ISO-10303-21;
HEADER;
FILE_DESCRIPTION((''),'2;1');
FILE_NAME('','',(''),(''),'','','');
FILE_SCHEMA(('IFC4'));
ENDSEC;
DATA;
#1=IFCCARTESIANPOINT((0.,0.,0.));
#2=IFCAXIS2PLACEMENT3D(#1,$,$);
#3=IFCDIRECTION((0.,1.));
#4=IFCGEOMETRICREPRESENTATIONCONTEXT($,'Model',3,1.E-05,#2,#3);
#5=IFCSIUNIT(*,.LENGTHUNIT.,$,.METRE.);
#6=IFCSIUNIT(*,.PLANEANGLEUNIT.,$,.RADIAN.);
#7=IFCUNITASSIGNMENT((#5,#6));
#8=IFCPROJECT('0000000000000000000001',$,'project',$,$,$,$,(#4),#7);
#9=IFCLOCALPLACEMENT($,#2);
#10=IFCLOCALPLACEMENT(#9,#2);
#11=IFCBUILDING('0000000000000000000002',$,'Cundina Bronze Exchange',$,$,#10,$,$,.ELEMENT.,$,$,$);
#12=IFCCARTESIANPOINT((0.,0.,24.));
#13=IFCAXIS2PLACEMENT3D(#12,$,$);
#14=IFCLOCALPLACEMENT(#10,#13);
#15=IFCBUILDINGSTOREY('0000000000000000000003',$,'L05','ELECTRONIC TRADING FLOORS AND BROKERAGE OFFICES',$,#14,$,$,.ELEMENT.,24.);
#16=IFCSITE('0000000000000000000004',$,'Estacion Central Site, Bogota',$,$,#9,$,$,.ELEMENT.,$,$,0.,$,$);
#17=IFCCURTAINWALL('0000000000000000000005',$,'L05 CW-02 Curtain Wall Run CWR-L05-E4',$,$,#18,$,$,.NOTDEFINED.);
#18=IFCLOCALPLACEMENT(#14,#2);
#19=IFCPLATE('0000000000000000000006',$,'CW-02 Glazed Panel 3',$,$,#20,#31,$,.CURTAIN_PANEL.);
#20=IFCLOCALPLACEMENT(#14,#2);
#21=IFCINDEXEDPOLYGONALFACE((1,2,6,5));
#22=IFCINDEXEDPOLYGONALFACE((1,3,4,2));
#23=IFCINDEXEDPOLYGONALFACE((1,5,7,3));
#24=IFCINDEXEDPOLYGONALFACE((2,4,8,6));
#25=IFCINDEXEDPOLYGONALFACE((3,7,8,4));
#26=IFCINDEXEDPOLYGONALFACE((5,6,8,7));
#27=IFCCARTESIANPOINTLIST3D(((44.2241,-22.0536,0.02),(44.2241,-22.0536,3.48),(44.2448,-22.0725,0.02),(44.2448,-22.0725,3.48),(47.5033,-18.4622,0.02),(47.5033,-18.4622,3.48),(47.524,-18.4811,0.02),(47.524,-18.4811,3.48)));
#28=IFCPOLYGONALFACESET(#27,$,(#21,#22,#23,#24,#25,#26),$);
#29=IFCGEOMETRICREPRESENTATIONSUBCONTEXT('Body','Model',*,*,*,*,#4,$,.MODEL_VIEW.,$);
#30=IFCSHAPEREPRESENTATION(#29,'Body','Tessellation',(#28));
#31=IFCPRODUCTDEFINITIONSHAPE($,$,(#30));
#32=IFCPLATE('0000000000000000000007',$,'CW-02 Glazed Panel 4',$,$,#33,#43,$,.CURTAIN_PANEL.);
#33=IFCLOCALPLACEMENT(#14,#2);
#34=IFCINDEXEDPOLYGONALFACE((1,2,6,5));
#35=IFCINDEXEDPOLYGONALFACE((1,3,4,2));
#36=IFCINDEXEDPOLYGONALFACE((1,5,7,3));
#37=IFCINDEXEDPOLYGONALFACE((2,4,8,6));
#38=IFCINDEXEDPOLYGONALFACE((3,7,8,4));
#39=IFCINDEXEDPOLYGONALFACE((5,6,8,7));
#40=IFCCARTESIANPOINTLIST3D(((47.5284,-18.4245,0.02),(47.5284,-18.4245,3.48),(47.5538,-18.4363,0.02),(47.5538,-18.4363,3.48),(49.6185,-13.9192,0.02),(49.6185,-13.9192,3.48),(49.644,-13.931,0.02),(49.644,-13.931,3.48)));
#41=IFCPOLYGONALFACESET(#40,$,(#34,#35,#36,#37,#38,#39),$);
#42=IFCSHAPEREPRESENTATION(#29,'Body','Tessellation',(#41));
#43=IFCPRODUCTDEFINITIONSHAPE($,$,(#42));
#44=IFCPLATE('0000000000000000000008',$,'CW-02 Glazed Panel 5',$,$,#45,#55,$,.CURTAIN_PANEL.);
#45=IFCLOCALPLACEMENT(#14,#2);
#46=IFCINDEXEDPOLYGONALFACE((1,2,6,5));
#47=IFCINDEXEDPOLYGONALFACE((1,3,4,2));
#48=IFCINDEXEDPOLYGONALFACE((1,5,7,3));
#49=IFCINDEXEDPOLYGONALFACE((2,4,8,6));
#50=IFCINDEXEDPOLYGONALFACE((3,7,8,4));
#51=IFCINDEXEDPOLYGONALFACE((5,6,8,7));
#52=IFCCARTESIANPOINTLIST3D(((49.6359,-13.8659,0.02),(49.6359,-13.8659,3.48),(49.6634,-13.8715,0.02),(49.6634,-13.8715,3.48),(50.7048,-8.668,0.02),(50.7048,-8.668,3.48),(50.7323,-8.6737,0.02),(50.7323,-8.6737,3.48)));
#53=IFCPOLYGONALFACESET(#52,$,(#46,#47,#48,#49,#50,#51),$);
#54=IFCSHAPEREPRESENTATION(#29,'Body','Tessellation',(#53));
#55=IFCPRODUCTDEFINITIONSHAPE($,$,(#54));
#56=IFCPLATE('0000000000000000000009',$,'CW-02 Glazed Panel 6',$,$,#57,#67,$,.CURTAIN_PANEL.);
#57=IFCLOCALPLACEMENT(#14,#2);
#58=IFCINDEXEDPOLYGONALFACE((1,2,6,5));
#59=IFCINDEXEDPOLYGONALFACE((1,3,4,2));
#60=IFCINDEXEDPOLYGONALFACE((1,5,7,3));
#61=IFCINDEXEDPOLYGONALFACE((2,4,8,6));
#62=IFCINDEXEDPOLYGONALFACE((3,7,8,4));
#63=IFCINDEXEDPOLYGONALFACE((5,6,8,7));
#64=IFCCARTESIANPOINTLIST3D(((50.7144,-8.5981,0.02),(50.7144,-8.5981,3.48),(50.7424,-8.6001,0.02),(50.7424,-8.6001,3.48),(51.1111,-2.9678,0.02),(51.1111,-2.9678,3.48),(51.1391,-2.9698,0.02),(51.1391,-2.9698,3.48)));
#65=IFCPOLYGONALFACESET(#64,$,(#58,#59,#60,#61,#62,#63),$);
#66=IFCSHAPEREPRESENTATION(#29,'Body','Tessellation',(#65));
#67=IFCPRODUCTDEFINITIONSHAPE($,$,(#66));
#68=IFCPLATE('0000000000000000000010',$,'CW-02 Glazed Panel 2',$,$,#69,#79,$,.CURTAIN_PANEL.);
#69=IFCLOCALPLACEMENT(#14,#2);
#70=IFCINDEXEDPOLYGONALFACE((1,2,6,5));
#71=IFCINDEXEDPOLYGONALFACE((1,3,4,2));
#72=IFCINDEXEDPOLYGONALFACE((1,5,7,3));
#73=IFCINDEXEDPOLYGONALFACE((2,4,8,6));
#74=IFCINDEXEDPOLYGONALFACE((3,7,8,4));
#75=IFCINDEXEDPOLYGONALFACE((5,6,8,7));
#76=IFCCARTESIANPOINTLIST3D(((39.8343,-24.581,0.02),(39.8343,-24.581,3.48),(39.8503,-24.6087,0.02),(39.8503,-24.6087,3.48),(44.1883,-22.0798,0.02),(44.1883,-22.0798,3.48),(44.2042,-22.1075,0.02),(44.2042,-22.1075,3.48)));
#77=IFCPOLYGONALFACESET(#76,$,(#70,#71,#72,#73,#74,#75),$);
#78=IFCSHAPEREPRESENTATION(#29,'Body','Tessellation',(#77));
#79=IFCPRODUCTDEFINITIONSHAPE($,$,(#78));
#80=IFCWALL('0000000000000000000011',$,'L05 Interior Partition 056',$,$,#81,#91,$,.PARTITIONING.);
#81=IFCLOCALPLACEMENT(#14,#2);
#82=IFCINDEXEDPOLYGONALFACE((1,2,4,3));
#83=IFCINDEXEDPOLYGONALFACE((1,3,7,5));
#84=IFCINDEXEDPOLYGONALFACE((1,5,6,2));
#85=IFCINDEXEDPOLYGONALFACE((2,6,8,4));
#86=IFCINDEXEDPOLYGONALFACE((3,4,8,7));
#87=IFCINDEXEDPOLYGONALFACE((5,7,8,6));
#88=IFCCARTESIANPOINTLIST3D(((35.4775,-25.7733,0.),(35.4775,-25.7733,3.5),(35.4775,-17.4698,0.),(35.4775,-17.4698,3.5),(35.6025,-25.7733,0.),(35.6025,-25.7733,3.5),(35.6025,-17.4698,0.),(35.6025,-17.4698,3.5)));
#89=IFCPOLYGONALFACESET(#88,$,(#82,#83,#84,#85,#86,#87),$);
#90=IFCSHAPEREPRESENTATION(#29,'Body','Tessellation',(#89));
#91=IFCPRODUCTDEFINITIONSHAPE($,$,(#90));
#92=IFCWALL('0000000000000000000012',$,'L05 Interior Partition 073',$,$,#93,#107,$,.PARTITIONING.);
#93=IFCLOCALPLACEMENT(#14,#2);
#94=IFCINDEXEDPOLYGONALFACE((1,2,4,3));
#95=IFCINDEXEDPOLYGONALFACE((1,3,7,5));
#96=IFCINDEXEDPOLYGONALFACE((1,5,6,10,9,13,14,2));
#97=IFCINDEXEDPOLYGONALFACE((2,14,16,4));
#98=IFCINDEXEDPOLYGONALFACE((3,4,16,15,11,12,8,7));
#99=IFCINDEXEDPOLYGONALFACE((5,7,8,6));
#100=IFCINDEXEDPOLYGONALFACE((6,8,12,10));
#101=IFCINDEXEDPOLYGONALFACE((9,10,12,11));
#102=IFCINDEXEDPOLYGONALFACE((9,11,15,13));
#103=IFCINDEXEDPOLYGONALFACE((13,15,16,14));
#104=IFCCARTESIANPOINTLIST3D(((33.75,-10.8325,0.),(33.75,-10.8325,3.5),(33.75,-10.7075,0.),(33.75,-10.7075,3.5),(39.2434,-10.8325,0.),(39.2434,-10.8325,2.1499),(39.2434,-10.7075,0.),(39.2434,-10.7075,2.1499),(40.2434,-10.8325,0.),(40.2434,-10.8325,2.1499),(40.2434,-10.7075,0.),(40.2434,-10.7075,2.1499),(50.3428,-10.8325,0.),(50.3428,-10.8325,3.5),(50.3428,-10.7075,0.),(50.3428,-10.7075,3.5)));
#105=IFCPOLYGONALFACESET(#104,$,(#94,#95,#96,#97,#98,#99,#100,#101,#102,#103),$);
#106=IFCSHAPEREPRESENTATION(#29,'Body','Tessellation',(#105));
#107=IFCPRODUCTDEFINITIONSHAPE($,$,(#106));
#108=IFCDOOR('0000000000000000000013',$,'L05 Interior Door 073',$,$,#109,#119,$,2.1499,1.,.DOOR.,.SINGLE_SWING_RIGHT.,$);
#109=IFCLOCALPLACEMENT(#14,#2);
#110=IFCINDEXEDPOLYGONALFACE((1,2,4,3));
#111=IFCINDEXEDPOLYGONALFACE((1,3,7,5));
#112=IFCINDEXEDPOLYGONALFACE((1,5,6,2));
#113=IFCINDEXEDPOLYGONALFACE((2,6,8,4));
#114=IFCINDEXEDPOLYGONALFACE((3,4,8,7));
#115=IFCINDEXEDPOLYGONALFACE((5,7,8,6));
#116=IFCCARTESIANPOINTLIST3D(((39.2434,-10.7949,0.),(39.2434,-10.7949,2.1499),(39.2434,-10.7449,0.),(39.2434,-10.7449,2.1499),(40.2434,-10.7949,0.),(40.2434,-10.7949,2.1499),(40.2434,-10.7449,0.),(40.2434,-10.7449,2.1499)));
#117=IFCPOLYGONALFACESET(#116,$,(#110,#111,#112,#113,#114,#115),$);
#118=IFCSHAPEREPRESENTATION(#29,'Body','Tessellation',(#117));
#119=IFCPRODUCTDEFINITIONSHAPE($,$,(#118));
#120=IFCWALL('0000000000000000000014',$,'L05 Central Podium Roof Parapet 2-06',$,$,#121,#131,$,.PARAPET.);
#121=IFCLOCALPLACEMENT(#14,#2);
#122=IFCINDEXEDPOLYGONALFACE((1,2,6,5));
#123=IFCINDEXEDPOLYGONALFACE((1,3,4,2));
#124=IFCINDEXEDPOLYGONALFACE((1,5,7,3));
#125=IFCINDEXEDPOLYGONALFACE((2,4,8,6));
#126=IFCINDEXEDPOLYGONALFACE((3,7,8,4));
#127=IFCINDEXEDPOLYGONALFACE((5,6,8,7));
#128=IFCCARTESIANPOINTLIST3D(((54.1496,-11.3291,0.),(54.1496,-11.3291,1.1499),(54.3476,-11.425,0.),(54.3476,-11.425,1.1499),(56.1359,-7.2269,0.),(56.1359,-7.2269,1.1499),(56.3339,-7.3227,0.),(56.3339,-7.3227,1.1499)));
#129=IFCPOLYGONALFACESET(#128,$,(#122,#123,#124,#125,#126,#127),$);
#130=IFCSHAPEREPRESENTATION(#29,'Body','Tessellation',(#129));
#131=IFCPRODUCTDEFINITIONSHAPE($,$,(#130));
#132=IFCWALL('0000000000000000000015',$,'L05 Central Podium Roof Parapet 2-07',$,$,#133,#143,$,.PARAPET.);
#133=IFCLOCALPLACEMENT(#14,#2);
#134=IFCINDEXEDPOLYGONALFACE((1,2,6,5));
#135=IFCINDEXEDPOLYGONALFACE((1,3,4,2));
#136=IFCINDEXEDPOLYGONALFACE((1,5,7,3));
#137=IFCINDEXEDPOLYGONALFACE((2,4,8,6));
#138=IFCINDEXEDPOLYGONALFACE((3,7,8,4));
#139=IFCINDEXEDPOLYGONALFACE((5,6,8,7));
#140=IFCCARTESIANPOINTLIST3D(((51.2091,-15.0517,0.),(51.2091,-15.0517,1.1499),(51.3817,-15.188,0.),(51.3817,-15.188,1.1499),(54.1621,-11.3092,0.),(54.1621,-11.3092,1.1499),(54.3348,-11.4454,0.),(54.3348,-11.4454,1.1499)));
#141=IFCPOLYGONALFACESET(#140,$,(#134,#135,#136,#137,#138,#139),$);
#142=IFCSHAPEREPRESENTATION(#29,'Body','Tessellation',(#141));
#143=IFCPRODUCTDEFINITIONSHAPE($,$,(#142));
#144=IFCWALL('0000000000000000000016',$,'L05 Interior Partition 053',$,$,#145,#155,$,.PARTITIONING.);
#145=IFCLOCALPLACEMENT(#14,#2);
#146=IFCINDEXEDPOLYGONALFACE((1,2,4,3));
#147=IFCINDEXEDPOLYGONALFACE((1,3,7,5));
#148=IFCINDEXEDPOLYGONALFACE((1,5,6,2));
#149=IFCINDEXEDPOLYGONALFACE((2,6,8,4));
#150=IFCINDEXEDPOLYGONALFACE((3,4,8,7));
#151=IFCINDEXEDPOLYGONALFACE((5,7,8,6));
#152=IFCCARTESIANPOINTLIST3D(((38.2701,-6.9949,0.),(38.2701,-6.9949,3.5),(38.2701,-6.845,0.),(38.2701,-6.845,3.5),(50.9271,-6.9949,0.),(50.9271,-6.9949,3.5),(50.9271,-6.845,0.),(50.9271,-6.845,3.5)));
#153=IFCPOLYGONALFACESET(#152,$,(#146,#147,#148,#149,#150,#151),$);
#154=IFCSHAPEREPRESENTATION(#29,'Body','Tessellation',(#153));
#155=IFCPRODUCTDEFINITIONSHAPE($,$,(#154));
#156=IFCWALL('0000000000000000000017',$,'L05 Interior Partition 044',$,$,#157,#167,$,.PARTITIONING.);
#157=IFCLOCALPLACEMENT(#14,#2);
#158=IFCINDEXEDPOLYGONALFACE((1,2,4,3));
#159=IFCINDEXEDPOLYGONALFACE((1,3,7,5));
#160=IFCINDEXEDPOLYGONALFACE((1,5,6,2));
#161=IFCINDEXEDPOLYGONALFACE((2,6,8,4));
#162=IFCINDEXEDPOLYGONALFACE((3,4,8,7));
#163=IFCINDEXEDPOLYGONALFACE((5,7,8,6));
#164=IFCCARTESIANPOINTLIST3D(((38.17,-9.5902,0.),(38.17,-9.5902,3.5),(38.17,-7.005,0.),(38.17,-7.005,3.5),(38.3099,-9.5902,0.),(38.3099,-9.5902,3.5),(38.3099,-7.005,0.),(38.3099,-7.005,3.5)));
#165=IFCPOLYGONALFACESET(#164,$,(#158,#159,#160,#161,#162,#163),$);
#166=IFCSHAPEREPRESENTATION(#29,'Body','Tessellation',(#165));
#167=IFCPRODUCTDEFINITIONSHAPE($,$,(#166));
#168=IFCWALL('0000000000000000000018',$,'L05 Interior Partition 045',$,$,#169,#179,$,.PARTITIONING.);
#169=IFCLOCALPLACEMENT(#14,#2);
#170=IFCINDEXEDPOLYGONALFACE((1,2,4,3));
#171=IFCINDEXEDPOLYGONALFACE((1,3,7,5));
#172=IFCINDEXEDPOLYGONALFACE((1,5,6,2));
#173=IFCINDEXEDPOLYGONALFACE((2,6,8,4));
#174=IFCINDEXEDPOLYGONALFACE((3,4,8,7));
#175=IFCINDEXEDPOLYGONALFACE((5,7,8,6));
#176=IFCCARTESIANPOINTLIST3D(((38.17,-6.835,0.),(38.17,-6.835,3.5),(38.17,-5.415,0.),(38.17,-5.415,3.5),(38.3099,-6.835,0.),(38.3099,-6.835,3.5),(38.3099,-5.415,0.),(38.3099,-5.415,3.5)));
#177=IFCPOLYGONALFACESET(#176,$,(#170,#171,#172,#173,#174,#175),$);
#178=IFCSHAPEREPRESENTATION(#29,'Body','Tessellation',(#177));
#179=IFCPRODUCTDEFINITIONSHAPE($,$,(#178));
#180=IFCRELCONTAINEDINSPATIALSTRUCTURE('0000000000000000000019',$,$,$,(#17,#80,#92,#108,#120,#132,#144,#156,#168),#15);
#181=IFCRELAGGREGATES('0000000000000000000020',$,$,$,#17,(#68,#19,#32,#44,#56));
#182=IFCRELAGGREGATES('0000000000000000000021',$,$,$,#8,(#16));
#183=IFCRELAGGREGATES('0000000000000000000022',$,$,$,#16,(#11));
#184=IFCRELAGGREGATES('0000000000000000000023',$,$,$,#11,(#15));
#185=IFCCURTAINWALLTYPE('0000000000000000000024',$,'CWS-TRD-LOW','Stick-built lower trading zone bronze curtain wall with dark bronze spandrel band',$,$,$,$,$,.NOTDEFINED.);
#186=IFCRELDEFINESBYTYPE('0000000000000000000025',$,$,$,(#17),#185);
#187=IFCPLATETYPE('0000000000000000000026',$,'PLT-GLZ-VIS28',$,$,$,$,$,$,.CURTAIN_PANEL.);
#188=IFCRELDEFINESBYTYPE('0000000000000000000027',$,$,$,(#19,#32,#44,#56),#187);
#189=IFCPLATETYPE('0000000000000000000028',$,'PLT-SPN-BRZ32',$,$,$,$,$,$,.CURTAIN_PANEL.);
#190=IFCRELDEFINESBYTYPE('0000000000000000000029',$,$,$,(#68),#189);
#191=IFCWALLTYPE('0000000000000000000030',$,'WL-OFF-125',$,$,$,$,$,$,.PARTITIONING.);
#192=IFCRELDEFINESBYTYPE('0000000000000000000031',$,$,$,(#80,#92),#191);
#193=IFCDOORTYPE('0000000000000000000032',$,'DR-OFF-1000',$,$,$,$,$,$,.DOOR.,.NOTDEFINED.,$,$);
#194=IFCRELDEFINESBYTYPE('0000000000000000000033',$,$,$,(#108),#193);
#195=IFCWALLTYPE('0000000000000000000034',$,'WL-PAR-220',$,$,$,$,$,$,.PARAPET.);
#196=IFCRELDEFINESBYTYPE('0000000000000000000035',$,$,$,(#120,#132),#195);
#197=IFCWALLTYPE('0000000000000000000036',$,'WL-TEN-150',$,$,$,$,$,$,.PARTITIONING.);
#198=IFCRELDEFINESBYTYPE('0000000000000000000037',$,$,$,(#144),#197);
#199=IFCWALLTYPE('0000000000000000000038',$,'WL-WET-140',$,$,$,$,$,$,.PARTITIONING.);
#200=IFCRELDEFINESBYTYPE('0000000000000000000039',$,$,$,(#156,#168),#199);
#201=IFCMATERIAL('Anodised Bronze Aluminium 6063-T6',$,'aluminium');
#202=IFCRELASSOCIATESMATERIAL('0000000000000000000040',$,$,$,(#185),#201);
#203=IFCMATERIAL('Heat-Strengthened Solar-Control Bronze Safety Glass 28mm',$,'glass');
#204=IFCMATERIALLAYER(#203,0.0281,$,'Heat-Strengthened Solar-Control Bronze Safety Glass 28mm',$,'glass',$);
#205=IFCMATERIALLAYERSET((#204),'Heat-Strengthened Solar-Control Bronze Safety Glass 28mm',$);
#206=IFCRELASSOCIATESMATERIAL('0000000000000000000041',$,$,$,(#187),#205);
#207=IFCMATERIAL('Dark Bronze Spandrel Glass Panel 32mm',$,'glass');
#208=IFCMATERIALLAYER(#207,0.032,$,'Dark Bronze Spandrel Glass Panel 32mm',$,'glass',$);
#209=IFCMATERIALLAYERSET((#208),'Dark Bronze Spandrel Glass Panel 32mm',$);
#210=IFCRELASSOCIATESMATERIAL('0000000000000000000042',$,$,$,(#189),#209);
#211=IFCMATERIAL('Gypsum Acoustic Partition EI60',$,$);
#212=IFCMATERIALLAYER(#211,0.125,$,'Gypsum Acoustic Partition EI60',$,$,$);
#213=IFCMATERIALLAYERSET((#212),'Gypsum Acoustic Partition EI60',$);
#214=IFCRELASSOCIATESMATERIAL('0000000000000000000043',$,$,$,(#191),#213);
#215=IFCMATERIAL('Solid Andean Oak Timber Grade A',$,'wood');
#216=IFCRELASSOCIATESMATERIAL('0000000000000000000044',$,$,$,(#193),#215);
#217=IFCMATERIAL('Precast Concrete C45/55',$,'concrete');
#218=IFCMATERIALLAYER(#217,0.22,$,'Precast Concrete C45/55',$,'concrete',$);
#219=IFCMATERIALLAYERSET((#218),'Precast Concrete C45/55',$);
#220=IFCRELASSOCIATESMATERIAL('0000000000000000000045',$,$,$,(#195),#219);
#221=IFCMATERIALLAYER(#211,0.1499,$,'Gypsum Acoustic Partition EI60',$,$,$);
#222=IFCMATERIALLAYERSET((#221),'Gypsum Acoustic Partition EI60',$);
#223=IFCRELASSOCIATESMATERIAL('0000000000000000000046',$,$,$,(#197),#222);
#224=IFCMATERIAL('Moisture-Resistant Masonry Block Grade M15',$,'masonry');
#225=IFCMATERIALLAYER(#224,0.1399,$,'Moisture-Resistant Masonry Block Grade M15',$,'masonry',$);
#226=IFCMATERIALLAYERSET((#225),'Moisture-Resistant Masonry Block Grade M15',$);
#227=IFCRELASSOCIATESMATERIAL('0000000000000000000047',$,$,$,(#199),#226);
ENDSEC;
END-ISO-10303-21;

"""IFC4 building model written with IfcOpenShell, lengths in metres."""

from ifc_helpers import new_model, si_unit, direction, frame, frame_2d, origin, origin_2d, place, context, subcontext, project, spatial, rectangle, extrude, material, layer, layer_set, type_object, element, fill, aggregate, save


model = new_model("IFC4")

# Units and contexts
model_context = context("Model", 3, precision=1e-05, world=origin(), true_north=direction((0.0, 1.0)))
body_context = subcontext(model_context, "Body", "Model", "MODEL_VIEW")
ifc_project = project(units=[si_unit("LENGTHUNIT", "METRE"), si_unit("PLANEANGLEUNIT", "RADIAN")], contexts=[model_context])

# Site, building, storey
site_placement = place(None, origin())
site = spatial("IfcSite", under=ifc_project, at=site_placement, Name="Estacion Central Site, Bogota", CompositionType="ELEMENT", RefElevation=0.0)
building_placement = place(site_placement, origin())
building = spatial("IfcBuilding", under=site, at=building_placement, Name="Cundina Bronze Exchange", CompositionType="ELEMENT")
storey_placement = place(building_placement, frame((0.0, 0.0, 24.0)))
storey = spatial("IfcBuildingStorey", under=building, at=storey_placement, Name="L05", Description="ELECTRONIC TRADING FLOORS AND BROKERAGE OFFICES", CompositionType="ELEMENT", Elevation=24.0)

# Curtain wall, plates
ifc_material_1 = material(Name="Anodised Bronze Aluminium 6063-T6", Category="aluminium")
curtain_wall_type = type_object("IfcCurtainWallType", Name="CWS-TRD-LOW", Description="Stick-built lower trading zone bronze curtain wall with dark bronze spandrel band", PredefinedType="NOTDEFINED", material=ifc_material_1)
curtain_wall_placement = place(storey_placement, origin())
curtain_wall = element("IfcCurtainWall", 1, at=curtain_wall_placement, inside=storey, type_object=curtain_wall_type, Name="L05 CW-02 Curtain Wall Run CWR-L05-E4", PredefinedType="NOTDEFINED")
ifc_material_2 = material(Name="Heat-Strengthened Solar-Control Bronze Safety Glass 28mm", Category="glass")
ifc_layer_1 = layer(ifc_material_2, 0.0281, Name="Heat-Strengthened Solar-Control Bronze Safety Glass 28mm", Category="glass")
ifc_layer_set_1 = layer_set([ifc_layer_1], Name="Heat-Strengthened Solar-Control Bronze Safety Glass 28mm")
plate_type_1 = type_object("IfcPlateType", Name="PLT-GLZ-VIS28", PredefinedType="CURTAIN_PANEL", material=ifc_layer_set_1)
plate_1_placement = place(storey_placement, frame((45.874, -20.2673, 0.02), z_axis=(0.0, 0.0, 1.0), x_axis=(0.674277, 0.738479, 0.0)))
plate_1 = element("IfcPlate", 2, at=plate_1_placement, type_object=plate_type_1, Name="CW-02 Glazed Panel 3", PredefinedType="CURTAIN_PANEL", context=body_context, shape_type="SweptSolid", body=[
    extrude(rectangle(XDim=4.8633, YDim=0.0281, at=origin_2d()), origin(), (0.0, 0.0, 1.0), 3.46),
])
plate_2_placement = place(storey_placement, frame((48.5862, -16.1777, 0.02), z_axis=(0.0, 0.0, 1.0), x_axis=(0.420846, 0.907132, 0.0)))
plate_2 = element("IfcPlate", 3, at=plate_2_placement, type_object=plate_type_1, Name="CW-02 Glazed Panel 4", PredefinedType="CURTAIN_PANEL", context=body_context, shape_type="SweptSolid", body=[
    extrude(rectangle(XDim=4.9666, YDim=0.0281, at=origin_2d()), origin(), (0.0, 0.0, 1.0), 3.46),
])
plate_3_placement = place(storey_placement, frame((50.1841, -11.2698, 0.02), z_axis=(0.0, 0.0, 1.0), x_axis=(0.20142, 0.979505, 0.0)))
plate_3 = element("IfcPlate", 4, at=plate_3_placement, type_object=plate_type_1, Name="CW-02 Glazed Panel 5", PredefinedType="CURTAIN_PANEL", context=body_context, shape_type="SweptSolid", body=[
    extrude(rectangle(XDim=5.3066, YDim=0.0281, at=origin_2d()), origin(), (0.0, 0.0, 1.0), 3.46),
])
plate_4_placement = place(storey_placement, frame((50.9268, -5.7839, 0.02), z_axis=(0.0, 0.0, 1.0), x_axis=(0.070279, 0.997527, 0.0)))
plate_4 = element("IfcPlate", 5, at=plate_4_placement, type_object=plate_type_1, Name="CW-02 Glazed Panel 6", PredefinedType="CURTAIN_PANEL", context=body_context, shape_type="SweptSolid", body=[
    extrude(rectangle(XDim=5.6443, YDim=0.0281, at=origin_2d()), origin(), (0.0, 0.0, 1.0), 3.46),
])
ifc_material_3 = material(Name="Dark Bronze Spandrel Glass Panel 32mm", Category="glass")
ifc_layer_2 = layer(ifc_material_3, 0.032, Name="Dark Bronze Spandrel Glass Panel 32mm", Category="glass")
ifc_layer_set_2 = layer_set([ifc_layer_2], Name="Dark Bronze Spandrel Glass Panel 32mm")
plate_type_2 = type_object("IfcPlateType", Name="PLT-SPN-BRZ32", PredefinedType="CURTAIN_PANEL", material=ifc_layer_set_2)
plate_5_placement = place(storey_placement, frame((42.0193, -23.3442, 0.02), z_axis=(0.0, 0.0, 1.0), x_axis=(0.867105, 0.498125, 0.0)))
plate_5 = element("IfcPlate", 6, at=plate_5_placement, type_object=plate_type_2, Name="CW-02 Glazed Panel 2", PredefinedType="CURTAIN_PANEL", context=body_context, shape_type="SweptSolid", body=[
    extrude(rectangle(XDim=5.0212, YDim=0.032, at=origin_2d()), origin(), (0.0, 0.0, 1.0), 3.46),
])
aggregate(curtain_wall, [plate_5, plate_1, plate_2, plate_3, plate_4])

# Wall
ifc_material_4 = material(Name="Gypsum Acoustic Partition EI60")
ifc_layer_3 = layer(ifc_material_4, 0.125, Name="Gypsum Acoustic Partition EI60")
ifc_layer_set_3 = layer_set([ifc_layer_3], Name="Gypsum Acoustic Partition EI60")
wall_type_1 = type_object("IfcWallType", Name="WL-OFF-125", PredefinedType="PARTITIONING", material=ifc_layer_set_3)
wall_1_placement = place(storey_placement, frame((35.54, -25.7734, 0.0), z_axis=(0.0, 0.0, 1.0), x_axis=(0.0, 1.0, 0.0)))
element("IfcWall", 7, at=wall_1_placement, inside=storey, type_object=wall_type_1, Name="L05 Interior Partition 056", PredefinedType="PARTITIONING", context=body_context, shape_type="SweptSolid", body=[
    extrude(rectangle(XDim=8.3035, YDim=0.125, at=frame_2d((4.1519, 0.0))), origin(), (0.0, 0.0, 1.0), 3.5),
])

# Wall, opening, door
wall_2_placement = place(storey_placement, frame((50.3428, -10.77, 0.0), z_axis=(0.0, 0.0, 1.0), x_axis=(-1.0, 0.0, 0.0)))
wall_2 = element("IfcWall", 8, at=wall_2_placement, inside=storey, type_object=wall_type_1, Name="L05 Interior Partition 073", PredefinedType="PARTITIONING", context=body_context, shape_type="SweptSolid", body=[
    extrude(rectangle(XDim=16.5928, YDim=0.125, at=frame_2d((8.2964, 0.0))), origin(), (0.0, 0.0, 1.0), 3.5),
])
opening_placement = place(wall_2_placement, frame((10.0994, 0.0, 0.0)))
opening = element("IfcOpeningElement", 9, at=opening_placement, cuts=wall_2, PredefinedType="OPENING", context=body_context, shape_type="SweptSolid", body=[
    extrude(rectangle(XDim=1.0, YDim=2.1499, at=frame_2d((0.5, 1.075))), frame((0.0, 0.0725, 0.0), z_axis=(0.0, -1.0, 0.0), x_axis=(1.0, 0.0, 0.0)), (0.0, 0.0, 1.0), 0.145),
])
ifc_material_5 = material(Name="Solid Andean Oak Timber Grade A", Category="wood")
door_type = type_object("IfcDoorType", Name="DR-OFF-1000", OperationType="NOTDEFINED", PredefinedType="DOOR", material=ifc_material_5)
door_placement = place(opening_placement, origin())
door = element("IfcDoor", 10, at=door_placement, inside=storey, type_object=door_type, Name="L05 Interior Door 073", OperationType="SINGLE_SWING_RIGHT", OverallHeight=2.1499, OverallWidth=1.0, PredefinedType="DOOR", context=body_context, shape_type="SweptSolid", body=[
    extrude(rectangle(XDim=1.0, YDim=2.1499, at=frame_2d((0.5, 1.075))), frame((0.0, 0.0249, 0.0), z_axis=(0.0, -1.0, 0.0), x_axis=(1.0, 0.0, 0.0)), (0.0, 0.0, 1.0), 0.05),
])
fill(opening, door)

# Walls
ifc_material_6 = material(Name="Precast Concrete C45/55", Category="concrete")
ifc_layer_4 = layer(ifc_material_6, 0.22, Name="Precast Concrete C45/55", Category="concrete")
ifc_layer_set_4 = layer_set([ifc_layer_4], Name="Precast Concrete C45/55")
wall_type_2 = type_object("IfcWallType", Name="WL-PAR-220", PredefinedType="PARAPET", material=ifc_layer_set_4)
wall_3_placement = place(storey_placement, frame((56.2349, -7.2749, 0.0), z_axis=(0.0, 0.0, 1.0), x_axis=(-0.4358, -0.900043, 0.0)))
element("IfcWall", 11, at=wall_3_placement, inside=storey, type_object=wall_type_2, Name="L05 Central Podium Roof Parapet 2-06", PredefinedType="PARAPET", context=body_context, shape_type="SweptSolid", body=[
    extrude(rectangle(XDim=4.5579, YDim=0.22, at=frame_2d((2.2788, 0.0))), origin(), (0.0, 0.0, 1.0), 1.1499),
])
wall_4_placement = place(storey_placement, frame((54.2485, -11.3772, 0.0), z_axis=(0.0, 0.0, 1.0), x_axis=(-0.619435, -0.785048, 0.0)))
element("IfcWall", 12, at=wall_4_placement, inside=storey, type_object=wall_type_2, Name="L05 Central Podium Roof Parapet 2-07", PredefinedType="PARAPET", context=body_context, shape_type="SweptSolid", body=[
    extrude(rectangle(XDim=4.7673, YDim=0.22, at=frame_2d((2.3838, 0.0))), origin(), (0.0, 0.0, 1.0), 1.1499),
])
ifc_layer_5 = layer(ifc_material_4, 0.1499, Name="Gypsum Acoustic Partition EI60")
ifc_layer_set_5 = layer_set([ifc_layer_5], Name="Gypsum Acoustic Partition EI60")
wall_type_3 = type_object("IfcWallType", Name="WL-TEN-150", PredefinedType="PARTITIONING", material=ifc_layer_set_5)
wall_5_placement = place(storey_placement, frame((38.27, -6.9199, 0.0), z_axis=(0.0, 0.0, 1.0), x_axis=(1.0, 0.0, 0.0)))
element("IfcWall", 13, at=wall_5_placement, inside=storey, type_object=wall_type_3, Name="L05 Interior Partition 053", PredefinedType="PARTITIONING", context=body_context, shape_type="SweptSolid", body=[
    extrude(rectangle(XDim=12.657, YDim=0.1499, at=frame_2d((6.3286, 0.0))), origin(), (0.0, 0.0, 1.0), 3.5),
])
ifc_material_7 = material(Name="Moisture-Resistant Masonry Block Grade M15", Category="masonry")
ifc_layer_6 = layer(ifc_material_7, 0.1399, Name="Moisture-Resistant Masonry Block Grade M15", Category="masonry")
ifc_layer_set_6 = layer_set([ifc_layer_6], Name="Moisture-Resistant Masonry Block Grade M15")
wall_type_4 = type_object("IfcWallType", Name="WL-WET-140", PredefinedType="PARTITIONING", material=ifc_layer_set_6)
wall_6_placement = place(storey_placement, frame((38.24, -9.5901, 0.0), z_axis=(0.0, 0.0, 1.0), x_axis=(0.0, 1.0, 0.0)))
element("IfcWall", 14, at=wall_6_placement, inside=storey, type_object=wall_type_4, Name="L05 Interior Partition 044", PredefinedType="PARTITIONING", context=body_context, shape_type="SweptSolid", body=[
    extrude(rectangle(XDim=2.5852, YDim=0.1399, at=frame_2d((1.2925, 0.0))), origin(), (0.0, 0.0, 1.0), 3.5),
])
wall_7_placement = place(storey_placement, frame((38.24, -6.835, 0.0), z_axis=(0.0, 0.0, 1.0), x_axis=(0.0, 1.0, 0.0)))
element("IfcWall", 15, at=wall_7_placement, inside=storey, type_object=wall_type_4, Name="L05 Interior Partition 045", PredefinedType="PARTITIONING", context=body_context, shape_type="SweptSolid", body=[
    extrude(rectangle(XDim=1.4199, YDim=0.1399, at=frame_2d((0.71, 0.0))), origin(), (0.0, 0.0, 1.0), 3.5),
])

save(model, "model.ifc")
